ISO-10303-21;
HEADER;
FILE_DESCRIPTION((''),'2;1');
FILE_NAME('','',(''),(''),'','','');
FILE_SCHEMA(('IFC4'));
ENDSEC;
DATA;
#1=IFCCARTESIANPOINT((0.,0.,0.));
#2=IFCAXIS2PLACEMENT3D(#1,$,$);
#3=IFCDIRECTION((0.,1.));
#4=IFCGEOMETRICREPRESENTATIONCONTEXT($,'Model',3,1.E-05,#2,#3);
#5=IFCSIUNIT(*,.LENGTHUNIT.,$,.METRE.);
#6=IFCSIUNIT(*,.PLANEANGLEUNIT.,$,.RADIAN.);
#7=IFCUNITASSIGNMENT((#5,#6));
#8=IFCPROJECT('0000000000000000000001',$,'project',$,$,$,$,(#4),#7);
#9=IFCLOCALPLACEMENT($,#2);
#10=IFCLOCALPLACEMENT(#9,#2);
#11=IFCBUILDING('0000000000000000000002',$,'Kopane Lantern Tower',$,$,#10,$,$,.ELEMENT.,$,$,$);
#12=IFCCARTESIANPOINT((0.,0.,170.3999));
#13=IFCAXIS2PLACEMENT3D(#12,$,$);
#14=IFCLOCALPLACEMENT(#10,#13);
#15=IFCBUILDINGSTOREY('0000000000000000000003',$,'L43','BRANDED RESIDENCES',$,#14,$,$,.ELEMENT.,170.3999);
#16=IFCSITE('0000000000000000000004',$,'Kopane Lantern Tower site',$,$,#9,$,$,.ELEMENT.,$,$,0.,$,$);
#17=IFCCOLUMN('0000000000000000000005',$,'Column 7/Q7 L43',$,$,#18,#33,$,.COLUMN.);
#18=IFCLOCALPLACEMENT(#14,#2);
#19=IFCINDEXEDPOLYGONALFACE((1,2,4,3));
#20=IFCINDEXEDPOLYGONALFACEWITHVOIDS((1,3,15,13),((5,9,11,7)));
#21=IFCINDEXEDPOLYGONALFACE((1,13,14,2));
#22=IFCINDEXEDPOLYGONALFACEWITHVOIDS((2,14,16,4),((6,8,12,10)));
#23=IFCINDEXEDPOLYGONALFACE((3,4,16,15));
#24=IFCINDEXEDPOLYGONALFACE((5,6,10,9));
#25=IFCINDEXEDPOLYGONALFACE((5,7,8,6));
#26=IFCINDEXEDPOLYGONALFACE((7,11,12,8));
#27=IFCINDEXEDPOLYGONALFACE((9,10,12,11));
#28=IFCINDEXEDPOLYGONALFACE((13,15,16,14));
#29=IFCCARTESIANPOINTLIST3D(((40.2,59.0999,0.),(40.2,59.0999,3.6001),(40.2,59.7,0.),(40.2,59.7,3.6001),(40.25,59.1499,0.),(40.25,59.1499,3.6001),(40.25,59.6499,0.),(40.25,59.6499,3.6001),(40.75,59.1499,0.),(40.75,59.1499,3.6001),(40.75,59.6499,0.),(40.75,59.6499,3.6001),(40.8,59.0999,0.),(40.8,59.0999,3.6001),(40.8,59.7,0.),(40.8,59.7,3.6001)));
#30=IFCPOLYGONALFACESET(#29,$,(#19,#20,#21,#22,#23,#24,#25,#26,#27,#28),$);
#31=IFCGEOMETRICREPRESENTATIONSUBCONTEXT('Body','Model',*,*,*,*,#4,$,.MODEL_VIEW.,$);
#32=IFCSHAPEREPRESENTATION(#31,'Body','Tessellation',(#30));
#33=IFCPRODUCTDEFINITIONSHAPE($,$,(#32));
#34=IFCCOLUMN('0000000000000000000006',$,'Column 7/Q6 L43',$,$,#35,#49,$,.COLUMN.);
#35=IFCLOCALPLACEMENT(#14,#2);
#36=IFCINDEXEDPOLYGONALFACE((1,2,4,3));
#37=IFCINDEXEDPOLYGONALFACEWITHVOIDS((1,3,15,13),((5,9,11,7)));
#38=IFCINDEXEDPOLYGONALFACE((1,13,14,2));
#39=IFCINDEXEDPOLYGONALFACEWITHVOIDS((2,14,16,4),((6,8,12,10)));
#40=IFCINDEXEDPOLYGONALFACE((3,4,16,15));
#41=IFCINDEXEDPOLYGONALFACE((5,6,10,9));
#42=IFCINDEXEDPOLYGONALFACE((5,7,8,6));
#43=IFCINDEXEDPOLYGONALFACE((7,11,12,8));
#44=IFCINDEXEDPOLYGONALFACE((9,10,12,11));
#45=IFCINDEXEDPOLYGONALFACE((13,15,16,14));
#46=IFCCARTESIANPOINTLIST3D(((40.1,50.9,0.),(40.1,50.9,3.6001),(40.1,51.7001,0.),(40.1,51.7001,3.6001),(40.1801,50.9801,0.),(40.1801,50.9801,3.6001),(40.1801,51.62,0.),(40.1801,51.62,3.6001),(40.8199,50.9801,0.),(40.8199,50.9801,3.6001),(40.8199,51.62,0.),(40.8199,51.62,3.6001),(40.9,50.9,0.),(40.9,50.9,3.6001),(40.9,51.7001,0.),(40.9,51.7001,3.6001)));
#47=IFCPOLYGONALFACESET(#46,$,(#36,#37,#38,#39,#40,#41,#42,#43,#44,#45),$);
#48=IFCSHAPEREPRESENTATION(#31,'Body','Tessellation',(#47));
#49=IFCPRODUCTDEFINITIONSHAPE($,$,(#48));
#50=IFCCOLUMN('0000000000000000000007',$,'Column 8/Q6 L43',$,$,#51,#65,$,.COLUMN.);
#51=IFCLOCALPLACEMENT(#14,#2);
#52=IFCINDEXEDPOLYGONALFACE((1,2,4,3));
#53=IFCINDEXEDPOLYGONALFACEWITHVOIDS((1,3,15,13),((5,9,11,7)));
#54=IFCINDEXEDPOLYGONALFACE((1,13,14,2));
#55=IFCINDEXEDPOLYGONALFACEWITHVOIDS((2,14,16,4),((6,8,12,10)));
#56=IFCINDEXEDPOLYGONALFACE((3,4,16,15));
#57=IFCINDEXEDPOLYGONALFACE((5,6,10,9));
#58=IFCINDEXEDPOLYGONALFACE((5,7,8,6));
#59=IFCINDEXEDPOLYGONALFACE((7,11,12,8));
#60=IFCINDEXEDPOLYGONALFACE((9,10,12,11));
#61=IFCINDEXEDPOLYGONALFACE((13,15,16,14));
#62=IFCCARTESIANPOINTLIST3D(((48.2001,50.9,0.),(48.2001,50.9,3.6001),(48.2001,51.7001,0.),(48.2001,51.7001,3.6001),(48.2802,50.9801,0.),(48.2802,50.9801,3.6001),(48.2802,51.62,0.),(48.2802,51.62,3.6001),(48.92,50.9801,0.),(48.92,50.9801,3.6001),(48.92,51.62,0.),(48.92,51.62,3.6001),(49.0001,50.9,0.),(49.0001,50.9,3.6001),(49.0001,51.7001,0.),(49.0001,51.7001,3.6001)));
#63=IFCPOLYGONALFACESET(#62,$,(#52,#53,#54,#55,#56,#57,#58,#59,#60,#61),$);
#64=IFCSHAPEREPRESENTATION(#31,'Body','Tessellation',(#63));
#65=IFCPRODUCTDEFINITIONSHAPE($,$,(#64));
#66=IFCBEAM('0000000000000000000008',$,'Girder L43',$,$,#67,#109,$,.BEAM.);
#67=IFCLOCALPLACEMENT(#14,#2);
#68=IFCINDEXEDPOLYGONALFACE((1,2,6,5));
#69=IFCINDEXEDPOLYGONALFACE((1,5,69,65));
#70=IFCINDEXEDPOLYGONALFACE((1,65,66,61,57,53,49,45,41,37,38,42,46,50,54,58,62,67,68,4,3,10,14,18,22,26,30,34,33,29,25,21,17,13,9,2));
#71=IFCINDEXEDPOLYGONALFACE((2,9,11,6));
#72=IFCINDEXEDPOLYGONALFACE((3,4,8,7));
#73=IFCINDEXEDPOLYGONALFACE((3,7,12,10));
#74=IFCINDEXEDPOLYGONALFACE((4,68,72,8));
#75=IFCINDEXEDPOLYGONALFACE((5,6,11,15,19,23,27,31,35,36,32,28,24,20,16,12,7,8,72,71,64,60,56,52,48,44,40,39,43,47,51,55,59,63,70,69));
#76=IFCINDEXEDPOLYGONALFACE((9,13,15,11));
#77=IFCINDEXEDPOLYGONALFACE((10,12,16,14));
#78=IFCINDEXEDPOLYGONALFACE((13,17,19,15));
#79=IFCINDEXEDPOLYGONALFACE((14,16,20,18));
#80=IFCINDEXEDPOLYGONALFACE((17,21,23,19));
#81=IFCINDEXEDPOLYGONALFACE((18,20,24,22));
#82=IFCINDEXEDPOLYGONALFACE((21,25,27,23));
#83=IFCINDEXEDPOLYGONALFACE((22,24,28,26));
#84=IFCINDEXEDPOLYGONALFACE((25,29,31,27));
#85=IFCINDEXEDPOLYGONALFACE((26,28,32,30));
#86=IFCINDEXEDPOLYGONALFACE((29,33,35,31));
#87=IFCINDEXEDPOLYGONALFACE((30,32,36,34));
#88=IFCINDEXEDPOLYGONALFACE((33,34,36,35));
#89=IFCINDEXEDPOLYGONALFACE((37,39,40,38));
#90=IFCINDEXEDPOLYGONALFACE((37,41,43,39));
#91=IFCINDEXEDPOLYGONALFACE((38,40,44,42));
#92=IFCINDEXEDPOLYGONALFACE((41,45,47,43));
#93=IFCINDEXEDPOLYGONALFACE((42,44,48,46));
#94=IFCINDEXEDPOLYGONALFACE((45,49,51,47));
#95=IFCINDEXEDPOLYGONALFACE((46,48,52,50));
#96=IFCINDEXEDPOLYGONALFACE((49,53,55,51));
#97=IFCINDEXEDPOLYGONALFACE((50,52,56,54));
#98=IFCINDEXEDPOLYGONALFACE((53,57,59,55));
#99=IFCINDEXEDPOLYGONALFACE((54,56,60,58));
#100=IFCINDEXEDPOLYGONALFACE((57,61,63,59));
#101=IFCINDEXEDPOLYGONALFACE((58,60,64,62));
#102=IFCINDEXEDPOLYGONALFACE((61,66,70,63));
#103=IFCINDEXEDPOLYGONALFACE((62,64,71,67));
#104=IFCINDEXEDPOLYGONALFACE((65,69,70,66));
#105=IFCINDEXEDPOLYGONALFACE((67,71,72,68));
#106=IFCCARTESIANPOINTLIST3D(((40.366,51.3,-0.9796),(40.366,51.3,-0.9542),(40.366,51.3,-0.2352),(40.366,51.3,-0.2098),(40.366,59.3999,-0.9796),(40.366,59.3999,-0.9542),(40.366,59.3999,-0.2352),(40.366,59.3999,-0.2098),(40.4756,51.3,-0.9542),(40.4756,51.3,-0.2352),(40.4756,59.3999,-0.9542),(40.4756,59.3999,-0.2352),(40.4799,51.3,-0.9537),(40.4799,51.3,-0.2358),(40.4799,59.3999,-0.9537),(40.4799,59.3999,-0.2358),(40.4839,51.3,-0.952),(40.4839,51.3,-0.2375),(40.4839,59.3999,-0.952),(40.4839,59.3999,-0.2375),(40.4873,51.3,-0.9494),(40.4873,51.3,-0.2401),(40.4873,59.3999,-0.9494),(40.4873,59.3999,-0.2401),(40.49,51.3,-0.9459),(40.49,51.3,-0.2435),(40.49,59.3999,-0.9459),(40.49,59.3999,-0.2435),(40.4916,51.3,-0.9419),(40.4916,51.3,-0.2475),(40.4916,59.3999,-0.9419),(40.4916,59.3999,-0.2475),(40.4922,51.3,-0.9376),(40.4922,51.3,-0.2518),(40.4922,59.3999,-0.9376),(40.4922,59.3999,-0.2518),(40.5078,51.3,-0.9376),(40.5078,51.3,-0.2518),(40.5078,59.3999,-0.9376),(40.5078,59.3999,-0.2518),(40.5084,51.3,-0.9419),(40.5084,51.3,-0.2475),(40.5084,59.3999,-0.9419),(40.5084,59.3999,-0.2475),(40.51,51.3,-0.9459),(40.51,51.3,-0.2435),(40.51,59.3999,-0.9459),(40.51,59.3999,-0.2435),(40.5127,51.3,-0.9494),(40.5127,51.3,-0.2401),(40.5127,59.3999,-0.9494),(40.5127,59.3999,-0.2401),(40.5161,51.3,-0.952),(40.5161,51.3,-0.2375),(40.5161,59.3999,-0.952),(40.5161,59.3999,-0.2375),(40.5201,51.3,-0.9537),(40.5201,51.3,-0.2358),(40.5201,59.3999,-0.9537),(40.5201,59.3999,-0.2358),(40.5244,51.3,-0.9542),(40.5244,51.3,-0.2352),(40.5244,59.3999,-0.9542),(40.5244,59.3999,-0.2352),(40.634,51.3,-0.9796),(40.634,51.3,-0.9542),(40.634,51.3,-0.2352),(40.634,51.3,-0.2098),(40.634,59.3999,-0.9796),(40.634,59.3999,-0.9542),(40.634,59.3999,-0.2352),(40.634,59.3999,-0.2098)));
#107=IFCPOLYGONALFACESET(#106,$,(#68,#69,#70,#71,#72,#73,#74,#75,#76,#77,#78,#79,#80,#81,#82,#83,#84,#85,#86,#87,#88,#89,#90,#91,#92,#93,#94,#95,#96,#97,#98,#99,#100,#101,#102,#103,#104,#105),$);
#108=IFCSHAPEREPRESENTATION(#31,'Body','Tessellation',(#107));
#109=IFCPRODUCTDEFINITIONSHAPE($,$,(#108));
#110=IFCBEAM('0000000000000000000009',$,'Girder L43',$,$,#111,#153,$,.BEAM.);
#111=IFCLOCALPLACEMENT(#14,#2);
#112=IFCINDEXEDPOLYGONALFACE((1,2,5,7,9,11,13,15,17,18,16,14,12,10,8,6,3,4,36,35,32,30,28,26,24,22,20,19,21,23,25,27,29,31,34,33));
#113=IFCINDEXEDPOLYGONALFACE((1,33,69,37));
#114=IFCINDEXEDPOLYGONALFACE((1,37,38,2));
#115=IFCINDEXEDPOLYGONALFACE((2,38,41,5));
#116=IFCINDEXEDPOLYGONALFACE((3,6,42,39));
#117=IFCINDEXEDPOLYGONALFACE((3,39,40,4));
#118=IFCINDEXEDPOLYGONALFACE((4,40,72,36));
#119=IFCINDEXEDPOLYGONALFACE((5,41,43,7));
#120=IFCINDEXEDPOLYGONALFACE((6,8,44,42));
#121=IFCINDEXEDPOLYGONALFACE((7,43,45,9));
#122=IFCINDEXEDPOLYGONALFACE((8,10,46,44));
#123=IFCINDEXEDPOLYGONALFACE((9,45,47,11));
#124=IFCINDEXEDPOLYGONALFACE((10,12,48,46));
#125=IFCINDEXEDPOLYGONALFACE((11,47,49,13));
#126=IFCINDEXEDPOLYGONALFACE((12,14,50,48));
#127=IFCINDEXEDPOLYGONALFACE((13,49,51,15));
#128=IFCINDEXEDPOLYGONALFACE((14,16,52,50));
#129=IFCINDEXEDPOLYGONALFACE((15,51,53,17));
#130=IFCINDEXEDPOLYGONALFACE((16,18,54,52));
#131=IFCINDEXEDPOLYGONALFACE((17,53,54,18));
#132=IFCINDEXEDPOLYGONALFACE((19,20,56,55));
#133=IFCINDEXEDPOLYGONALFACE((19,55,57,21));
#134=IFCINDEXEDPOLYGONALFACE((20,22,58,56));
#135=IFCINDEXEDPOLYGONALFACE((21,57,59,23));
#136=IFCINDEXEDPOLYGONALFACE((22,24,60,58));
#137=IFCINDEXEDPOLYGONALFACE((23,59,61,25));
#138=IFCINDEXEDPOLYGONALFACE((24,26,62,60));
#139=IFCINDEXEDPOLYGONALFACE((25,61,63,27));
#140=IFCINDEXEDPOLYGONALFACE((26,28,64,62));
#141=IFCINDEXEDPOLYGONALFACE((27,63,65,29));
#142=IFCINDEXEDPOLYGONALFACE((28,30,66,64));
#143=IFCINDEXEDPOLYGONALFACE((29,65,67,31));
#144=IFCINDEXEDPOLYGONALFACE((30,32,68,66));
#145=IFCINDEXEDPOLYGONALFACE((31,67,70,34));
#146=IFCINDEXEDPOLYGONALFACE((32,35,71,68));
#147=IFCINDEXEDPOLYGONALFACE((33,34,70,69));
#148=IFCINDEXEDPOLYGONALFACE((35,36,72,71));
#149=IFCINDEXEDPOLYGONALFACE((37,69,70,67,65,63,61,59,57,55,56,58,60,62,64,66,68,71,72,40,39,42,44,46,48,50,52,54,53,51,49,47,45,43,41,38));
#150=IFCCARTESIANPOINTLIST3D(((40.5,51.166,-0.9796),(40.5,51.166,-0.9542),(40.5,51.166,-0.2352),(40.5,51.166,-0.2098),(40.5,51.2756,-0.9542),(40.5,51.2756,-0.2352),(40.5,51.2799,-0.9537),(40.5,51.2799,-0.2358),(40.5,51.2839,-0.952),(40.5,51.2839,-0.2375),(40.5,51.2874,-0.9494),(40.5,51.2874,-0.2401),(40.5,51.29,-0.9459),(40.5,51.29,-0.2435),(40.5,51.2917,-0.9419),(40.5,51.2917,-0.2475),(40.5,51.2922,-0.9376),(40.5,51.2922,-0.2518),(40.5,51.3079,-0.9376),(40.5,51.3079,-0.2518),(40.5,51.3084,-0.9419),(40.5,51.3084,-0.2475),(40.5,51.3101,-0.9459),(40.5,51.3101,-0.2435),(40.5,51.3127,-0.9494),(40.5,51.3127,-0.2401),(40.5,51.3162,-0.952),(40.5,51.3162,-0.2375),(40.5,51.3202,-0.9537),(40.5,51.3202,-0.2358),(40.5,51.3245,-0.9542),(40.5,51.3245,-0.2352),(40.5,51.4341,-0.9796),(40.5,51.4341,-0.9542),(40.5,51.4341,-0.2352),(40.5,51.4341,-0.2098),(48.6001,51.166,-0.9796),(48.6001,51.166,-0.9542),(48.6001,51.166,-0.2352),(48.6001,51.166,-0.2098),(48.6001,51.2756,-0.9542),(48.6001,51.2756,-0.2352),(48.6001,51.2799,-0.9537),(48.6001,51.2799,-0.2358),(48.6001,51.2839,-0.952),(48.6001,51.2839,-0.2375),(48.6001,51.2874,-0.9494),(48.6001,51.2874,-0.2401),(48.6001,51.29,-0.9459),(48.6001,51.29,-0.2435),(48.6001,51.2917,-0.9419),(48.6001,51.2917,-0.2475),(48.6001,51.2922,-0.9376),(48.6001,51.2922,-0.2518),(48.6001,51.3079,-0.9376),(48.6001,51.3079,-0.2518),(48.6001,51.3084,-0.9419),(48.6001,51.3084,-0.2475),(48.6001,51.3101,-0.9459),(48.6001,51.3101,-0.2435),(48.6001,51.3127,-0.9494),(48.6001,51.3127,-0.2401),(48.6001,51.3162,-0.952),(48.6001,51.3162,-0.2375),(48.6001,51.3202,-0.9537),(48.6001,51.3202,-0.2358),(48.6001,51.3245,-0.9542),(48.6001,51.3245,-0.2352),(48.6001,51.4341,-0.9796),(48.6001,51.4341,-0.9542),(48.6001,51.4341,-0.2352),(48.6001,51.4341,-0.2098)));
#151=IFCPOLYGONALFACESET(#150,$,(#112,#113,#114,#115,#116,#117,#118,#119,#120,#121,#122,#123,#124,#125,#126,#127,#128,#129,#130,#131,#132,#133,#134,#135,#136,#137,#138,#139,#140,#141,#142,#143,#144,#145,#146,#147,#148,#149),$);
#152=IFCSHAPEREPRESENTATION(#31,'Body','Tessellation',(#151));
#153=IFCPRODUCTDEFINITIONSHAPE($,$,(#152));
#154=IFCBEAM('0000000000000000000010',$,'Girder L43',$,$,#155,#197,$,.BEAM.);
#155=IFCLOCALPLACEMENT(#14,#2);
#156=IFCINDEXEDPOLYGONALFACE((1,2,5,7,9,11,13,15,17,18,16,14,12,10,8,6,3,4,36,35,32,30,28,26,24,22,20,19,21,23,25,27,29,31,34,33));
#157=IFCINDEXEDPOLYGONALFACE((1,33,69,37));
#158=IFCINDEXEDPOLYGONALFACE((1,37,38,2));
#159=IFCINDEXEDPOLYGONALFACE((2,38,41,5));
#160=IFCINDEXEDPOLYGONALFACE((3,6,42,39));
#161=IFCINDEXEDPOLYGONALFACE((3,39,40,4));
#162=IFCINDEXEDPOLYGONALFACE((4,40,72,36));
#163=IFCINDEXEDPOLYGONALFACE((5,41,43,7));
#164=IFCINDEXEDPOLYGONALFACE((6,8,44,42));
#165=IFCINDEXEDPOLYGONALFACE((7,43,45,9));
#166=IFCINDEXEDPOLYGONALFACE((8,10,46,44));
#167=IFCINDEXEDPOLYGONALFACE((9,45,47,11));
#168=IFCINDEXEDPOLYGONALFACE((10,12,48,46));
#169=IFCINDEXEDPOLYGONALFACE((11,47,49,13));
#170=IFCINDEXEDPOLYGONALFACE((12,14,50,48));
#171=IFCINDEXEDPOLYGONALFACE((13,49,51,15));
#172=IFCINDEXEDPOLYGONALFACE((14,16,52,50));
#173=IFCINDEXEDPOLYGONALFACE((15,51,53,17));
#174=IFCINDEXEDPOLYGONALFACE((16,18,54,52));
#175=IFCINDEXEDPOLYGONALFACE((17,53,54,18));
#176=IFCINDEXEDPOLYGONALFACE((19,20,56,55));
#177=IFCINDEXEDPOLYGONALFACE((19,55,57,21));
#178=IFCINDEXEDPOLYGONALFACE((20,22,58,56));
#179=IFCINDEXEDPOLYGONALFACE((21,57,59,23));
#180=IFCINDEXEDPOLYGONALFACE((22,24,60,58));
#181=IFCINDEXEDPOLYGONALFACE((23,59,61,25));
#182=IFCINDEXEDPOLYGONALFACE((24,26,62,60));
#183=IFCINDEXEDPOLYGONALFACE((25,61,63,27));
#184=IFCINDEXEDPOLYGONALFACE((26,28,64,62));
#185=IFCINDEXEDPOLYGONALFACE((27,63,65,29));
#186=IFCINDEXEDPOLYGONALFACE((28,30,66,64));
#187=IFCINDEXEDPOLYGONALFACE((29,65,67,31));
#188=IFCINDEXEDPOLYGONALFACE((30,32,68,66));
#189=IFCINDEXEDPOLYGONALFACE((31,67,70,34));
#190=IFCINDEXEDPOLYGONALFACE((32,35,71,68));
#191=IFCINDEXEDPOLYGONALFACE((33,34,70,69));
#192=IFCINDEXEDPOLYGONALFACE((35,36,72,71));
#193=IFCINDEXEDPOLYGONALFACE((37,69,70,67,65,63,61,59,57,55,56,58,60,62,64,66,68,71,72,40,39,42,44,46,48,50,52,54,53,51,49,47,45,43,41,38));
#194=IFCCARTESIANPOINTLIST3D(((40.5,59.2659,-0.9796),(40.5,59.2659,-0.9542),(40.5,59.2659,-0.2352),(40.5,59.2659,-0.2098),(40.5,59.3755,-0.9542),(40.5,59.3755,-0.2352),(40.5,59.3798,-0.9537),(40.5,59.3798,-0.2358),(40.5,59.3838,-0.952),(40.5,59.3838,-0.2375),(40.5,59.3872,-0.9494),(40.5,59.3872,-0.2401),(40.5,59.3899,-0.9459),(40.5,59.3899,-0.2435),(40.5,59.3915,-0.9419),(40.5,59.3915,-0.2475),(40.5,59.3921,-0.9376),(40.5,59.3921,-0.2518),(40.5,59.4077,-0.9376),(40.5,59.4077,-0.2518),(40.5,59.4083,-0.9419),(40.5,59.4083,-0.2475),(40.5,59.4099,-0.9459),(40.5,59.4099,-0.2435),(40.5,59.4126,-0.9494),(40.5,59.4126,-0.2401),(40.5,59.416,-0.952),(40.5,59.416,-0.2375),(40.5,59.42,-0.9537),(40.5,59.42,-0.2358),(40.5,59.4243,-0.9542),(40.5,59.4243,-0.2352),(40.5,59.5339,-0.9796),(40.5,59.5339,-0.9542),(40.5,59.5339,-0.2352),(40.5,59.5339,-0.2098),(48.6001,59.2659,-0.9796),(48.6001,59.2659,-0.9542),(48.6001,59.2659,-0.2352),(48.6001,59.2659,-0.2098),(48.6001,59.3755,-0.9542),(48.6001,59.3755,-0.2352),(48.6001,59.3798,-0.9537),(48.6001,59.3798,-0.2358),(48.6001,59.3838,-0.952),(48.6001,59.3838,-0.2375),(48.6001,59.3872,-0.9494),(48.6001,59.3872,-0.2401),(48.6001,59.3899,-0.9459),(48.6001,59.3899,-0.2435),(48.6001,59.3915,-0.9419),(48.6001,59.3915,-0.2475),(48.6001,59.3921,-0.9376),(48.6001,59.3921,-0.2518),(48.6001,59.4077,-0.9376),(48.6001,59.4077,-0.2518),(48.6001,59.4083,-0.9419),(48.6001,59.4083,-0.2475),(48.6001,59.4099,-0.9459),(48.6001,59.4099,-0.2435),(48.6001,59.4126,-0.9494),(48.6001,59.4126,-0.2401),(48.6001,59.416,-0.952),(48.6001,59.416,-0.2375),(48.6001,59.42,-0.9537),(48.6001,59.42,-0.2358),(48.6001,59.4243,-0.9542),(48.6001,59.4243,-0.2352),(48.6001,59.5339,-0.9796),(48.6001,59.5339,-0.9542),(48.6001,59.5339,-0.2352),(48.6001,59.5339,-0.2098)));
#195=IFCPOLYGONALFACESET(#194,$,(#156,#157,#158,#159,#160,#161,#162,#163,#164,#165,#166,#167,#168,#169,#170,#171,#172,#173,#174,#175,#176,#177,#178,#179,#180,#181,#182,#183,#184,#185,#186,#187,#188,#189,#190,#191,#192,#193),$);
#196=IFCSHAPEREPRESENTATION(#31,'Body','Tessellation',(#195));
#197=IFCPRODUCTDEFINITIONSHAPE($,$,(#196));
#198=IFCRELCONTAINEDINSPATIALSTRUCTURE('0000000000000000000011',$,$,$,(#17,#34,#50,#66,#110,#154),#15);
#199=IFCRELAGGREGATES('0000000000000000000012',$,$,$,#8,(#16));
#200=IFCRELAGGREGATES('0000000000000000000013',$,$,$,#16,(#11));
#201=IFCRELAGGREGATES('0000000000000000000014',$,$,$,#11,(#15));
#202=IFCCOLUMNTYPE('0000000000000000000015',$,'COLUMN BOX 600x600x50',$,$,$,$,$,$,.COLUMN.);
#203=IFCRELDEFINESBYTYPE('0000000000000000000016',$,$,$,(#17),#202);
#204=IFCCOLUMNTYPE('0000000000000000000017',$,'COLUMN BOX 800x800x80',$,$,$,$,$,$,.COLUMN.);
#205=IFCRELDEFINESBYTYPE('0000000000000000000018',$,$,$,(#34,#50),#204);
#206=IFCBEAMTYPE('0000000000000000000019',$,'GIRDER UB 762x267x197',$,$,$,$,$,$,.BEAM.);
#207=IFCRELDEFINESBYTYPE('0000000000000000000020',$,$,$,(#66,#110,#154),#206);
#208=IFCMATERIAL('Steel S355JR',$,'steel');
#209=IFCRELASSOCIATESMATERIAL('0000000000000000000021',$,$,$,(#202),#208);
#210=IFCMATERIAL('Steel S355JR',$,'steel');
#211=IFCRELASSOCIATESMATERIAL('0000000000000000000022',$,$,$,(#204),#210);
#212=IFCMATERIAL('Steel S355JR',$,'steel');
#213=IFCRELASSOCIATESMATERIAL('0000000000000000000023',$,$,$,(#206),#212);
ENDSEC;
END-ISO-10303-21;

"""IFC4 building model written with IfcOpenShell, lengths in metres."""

from ifc_helpers import new_model, si_unit, direction, frame, origin, origin_2d, place, context, subcontext, project, spatial, hollow_rectangle, i_section, extrude, material, material_profile, profile_set, type_object, element, save


model = new_model("IFC4")

# Units and contexts
model_context = context("Model", 3, precision=1e-05, world=origin(), true_north=direction((0.0, 1.0)))
body_context = subcontext(model_context, "Body", "Model", "MODEL_VIEW")
ifc_project = project(units=[si_unit("LENGTHUNIT", "METRE"), si_unit("PLANEANGLEUNIT", "RADIAN")], contexts=[model_context])

# Site, building, storey
site_placement = place(None, origin())
site = spatial("IfcSite", under=ifc_project, at=site_placement, Name="Kopane Lantern Tower site", CompositionType="ELEMENT", RefElevation=0.0)
building_placement = place(site_placement, origin())
building = spatial("IfcBuilding", under=site, at=building_placement, Name="Kopane Lantern Tower", CompositionType="ELEMENT")
storey_placement = place(building_placement, frame((0.0, 0.0, 170.3999)))
storey = spatial("IfcBuildingStorey", under=building, at=storey_placement, Name="L43", Description="BRANDED RESIDENCES", CompositionType="ELEMENT", Elevation=170.3999)

# Columns
ifc_material_1 = material(Name="Steel S355JR", Category="steel")
ifc_material_profile_1 = material_profile(ifc_material_1, hollow_rectangle(XDim=0.6001, YDim=0.6001, WallThickness=0.05, at=origin_2d()), Name="BOX 600x600x50")
ifc_profile_set_1 = profile_set([ifc_material_profile_1], Name="Steel S355JR")
column_type_1 = type_object("IfcColumnType", Name="COLUMN BOX 600x600x50", PredefinedType="COLUMN", material=ifc_profile_set_1)
column_placement = place(storey_placement, frame((40.5, 59.3999, 0.0), z_axis=(0.0, 0.0, 1.0), x_axis=(1.0, 0.0, 0.0)))
element("IfcColumn", 1, at=column_placement, inside=storey, type_object=column_type_1, Name="Column 7/Q7 L43", PredefinedType="COLUMN", context=body_context, shape_type="SweptSolid", body=[
    extrude(hollow_rectangle(XDim=0.6001, YDim=0.6001, WallThickness=0.05, at=origin_2d()), origin(), (0.0, 0.0, 1.0), 3.6001),
])
ifc_material_2 = material(Name="Steel S355JR", Category="steel")
ifc_material_profile_2 = material_profile(ifc_material_2, hollow_rectangle(XDim=0.8, YDim=0.8, WallThickness=0.0801, at=origin_2d()), Name="BOX 800x800x80")
ifc_profile_set_2 = profile_set([ifc_material_profile_2], Name="Steel S355JR")
column_type_2 = type_object("IfcColumnType", Name="COLUMN BOX 800x800x80", PredefinedType="COLUMN", material=ifc_profile_set_2)
for number, where, z_axis, x_axis, name in (
    (2, (40.5, 51.3, 0.0), (0.0, 0.0, 1.0), (1.0, 0.0, 0.0), "Column 7/Q6 L43"),
    (3, (48.6001, 51.3, 0.0), (0.0, 0.0, 1.0), (1.0, 0.0, 0.0), "Column 8/Q6 L43"),
):
    element("IfcColumn", number, at=place(storey_placement, frame(where, z_axis=z_axis, x_axis=x_axis)), inside=storey, type_object=column_type_2, Name=name, PredefinedType="COLUMN", context=body_context, shape_type="SweptSolid", body=[
        extrude(hollow_rectangle(XDim=0.8, YDim=0.8, WallThickness=0.0801, at=origin_2d()), origin(), (0.0, 0.0, 1.0), 3.6001),
    ])

# Beams
ifc_material_3 = material(Name="Steel S355JR", Category="steel")
ifc_material_profile_3 = material_profile(ifc_material_3, i_section(OverallWidth=0.2681, OverallDepth=0.7698, WebThickness=0.0156, FlangeThickness=0.0254, FilletRadius=0.0166, at=origin_2d()), Name="UB 762x267x197")
ifc_profile_set_3 = profile_set([ifc_material_profile_3], Name="Steel S355JR")
beam_type = type_object("IfcBeamType", Name="GIRDER UB 762x267x197", PredefinedType="BEAM", material=ifc_profile_set_3)
beam_placement = place(storey_placement, frame((40.5, 51.3, -0.5947), z_axis=(0.0, 1.0, 0.0), x_axis=(-1.0, 0.0, 0.0)))
element("IfcBeam", 4, at=beam_placement, inside=storey, type_object=beam_type, Name="Girder L43", PredefinedType="BEAM", context=body_context, shape_type="SweptSolid", body=[
    extrude(i_section(OverallWidth=0.2681, OverallDepth=0.7698, WebThickness=0.0156, FlangeThickness=0.0254, FilletRadius=0.0166, at=origin_2d()), origin(), (0.0, 0.0, 1.0), 8.0999),
])
for number, where, z_axis, x_axis, name in (
    (5, (40.5, 51.3, -0.5947), (1.0, 0.0, 0.0), (0.0, 1.0, 0.0), "Girder L43"),
    (6, (40.5, 59.3999, -0.5947), (1.0, 0.0, 0.0), (0.0, 1.0, 0.0), "Girder L43"),
):
    element("IfcBeam", number, at=place(storey_placement, frame(where, z_axis=z_axis, x_axis=x_axis)), inside=storey, type_object=beam_type, Name=name, PredefinedType="BEAM", context=body_context, shape_type="SweptSolid", body=[
        extrude(i_section(OverallWidth=0.2681, OverallDepth=0.7698, WebThickness=0.0156, FlangeThickness=0.0254, FilletRadius=0.0166, at=origin_2d()), origin(), (0.0, 0.0, 1.0), 8.1001),
    ])

save(model, "model.ifc")
